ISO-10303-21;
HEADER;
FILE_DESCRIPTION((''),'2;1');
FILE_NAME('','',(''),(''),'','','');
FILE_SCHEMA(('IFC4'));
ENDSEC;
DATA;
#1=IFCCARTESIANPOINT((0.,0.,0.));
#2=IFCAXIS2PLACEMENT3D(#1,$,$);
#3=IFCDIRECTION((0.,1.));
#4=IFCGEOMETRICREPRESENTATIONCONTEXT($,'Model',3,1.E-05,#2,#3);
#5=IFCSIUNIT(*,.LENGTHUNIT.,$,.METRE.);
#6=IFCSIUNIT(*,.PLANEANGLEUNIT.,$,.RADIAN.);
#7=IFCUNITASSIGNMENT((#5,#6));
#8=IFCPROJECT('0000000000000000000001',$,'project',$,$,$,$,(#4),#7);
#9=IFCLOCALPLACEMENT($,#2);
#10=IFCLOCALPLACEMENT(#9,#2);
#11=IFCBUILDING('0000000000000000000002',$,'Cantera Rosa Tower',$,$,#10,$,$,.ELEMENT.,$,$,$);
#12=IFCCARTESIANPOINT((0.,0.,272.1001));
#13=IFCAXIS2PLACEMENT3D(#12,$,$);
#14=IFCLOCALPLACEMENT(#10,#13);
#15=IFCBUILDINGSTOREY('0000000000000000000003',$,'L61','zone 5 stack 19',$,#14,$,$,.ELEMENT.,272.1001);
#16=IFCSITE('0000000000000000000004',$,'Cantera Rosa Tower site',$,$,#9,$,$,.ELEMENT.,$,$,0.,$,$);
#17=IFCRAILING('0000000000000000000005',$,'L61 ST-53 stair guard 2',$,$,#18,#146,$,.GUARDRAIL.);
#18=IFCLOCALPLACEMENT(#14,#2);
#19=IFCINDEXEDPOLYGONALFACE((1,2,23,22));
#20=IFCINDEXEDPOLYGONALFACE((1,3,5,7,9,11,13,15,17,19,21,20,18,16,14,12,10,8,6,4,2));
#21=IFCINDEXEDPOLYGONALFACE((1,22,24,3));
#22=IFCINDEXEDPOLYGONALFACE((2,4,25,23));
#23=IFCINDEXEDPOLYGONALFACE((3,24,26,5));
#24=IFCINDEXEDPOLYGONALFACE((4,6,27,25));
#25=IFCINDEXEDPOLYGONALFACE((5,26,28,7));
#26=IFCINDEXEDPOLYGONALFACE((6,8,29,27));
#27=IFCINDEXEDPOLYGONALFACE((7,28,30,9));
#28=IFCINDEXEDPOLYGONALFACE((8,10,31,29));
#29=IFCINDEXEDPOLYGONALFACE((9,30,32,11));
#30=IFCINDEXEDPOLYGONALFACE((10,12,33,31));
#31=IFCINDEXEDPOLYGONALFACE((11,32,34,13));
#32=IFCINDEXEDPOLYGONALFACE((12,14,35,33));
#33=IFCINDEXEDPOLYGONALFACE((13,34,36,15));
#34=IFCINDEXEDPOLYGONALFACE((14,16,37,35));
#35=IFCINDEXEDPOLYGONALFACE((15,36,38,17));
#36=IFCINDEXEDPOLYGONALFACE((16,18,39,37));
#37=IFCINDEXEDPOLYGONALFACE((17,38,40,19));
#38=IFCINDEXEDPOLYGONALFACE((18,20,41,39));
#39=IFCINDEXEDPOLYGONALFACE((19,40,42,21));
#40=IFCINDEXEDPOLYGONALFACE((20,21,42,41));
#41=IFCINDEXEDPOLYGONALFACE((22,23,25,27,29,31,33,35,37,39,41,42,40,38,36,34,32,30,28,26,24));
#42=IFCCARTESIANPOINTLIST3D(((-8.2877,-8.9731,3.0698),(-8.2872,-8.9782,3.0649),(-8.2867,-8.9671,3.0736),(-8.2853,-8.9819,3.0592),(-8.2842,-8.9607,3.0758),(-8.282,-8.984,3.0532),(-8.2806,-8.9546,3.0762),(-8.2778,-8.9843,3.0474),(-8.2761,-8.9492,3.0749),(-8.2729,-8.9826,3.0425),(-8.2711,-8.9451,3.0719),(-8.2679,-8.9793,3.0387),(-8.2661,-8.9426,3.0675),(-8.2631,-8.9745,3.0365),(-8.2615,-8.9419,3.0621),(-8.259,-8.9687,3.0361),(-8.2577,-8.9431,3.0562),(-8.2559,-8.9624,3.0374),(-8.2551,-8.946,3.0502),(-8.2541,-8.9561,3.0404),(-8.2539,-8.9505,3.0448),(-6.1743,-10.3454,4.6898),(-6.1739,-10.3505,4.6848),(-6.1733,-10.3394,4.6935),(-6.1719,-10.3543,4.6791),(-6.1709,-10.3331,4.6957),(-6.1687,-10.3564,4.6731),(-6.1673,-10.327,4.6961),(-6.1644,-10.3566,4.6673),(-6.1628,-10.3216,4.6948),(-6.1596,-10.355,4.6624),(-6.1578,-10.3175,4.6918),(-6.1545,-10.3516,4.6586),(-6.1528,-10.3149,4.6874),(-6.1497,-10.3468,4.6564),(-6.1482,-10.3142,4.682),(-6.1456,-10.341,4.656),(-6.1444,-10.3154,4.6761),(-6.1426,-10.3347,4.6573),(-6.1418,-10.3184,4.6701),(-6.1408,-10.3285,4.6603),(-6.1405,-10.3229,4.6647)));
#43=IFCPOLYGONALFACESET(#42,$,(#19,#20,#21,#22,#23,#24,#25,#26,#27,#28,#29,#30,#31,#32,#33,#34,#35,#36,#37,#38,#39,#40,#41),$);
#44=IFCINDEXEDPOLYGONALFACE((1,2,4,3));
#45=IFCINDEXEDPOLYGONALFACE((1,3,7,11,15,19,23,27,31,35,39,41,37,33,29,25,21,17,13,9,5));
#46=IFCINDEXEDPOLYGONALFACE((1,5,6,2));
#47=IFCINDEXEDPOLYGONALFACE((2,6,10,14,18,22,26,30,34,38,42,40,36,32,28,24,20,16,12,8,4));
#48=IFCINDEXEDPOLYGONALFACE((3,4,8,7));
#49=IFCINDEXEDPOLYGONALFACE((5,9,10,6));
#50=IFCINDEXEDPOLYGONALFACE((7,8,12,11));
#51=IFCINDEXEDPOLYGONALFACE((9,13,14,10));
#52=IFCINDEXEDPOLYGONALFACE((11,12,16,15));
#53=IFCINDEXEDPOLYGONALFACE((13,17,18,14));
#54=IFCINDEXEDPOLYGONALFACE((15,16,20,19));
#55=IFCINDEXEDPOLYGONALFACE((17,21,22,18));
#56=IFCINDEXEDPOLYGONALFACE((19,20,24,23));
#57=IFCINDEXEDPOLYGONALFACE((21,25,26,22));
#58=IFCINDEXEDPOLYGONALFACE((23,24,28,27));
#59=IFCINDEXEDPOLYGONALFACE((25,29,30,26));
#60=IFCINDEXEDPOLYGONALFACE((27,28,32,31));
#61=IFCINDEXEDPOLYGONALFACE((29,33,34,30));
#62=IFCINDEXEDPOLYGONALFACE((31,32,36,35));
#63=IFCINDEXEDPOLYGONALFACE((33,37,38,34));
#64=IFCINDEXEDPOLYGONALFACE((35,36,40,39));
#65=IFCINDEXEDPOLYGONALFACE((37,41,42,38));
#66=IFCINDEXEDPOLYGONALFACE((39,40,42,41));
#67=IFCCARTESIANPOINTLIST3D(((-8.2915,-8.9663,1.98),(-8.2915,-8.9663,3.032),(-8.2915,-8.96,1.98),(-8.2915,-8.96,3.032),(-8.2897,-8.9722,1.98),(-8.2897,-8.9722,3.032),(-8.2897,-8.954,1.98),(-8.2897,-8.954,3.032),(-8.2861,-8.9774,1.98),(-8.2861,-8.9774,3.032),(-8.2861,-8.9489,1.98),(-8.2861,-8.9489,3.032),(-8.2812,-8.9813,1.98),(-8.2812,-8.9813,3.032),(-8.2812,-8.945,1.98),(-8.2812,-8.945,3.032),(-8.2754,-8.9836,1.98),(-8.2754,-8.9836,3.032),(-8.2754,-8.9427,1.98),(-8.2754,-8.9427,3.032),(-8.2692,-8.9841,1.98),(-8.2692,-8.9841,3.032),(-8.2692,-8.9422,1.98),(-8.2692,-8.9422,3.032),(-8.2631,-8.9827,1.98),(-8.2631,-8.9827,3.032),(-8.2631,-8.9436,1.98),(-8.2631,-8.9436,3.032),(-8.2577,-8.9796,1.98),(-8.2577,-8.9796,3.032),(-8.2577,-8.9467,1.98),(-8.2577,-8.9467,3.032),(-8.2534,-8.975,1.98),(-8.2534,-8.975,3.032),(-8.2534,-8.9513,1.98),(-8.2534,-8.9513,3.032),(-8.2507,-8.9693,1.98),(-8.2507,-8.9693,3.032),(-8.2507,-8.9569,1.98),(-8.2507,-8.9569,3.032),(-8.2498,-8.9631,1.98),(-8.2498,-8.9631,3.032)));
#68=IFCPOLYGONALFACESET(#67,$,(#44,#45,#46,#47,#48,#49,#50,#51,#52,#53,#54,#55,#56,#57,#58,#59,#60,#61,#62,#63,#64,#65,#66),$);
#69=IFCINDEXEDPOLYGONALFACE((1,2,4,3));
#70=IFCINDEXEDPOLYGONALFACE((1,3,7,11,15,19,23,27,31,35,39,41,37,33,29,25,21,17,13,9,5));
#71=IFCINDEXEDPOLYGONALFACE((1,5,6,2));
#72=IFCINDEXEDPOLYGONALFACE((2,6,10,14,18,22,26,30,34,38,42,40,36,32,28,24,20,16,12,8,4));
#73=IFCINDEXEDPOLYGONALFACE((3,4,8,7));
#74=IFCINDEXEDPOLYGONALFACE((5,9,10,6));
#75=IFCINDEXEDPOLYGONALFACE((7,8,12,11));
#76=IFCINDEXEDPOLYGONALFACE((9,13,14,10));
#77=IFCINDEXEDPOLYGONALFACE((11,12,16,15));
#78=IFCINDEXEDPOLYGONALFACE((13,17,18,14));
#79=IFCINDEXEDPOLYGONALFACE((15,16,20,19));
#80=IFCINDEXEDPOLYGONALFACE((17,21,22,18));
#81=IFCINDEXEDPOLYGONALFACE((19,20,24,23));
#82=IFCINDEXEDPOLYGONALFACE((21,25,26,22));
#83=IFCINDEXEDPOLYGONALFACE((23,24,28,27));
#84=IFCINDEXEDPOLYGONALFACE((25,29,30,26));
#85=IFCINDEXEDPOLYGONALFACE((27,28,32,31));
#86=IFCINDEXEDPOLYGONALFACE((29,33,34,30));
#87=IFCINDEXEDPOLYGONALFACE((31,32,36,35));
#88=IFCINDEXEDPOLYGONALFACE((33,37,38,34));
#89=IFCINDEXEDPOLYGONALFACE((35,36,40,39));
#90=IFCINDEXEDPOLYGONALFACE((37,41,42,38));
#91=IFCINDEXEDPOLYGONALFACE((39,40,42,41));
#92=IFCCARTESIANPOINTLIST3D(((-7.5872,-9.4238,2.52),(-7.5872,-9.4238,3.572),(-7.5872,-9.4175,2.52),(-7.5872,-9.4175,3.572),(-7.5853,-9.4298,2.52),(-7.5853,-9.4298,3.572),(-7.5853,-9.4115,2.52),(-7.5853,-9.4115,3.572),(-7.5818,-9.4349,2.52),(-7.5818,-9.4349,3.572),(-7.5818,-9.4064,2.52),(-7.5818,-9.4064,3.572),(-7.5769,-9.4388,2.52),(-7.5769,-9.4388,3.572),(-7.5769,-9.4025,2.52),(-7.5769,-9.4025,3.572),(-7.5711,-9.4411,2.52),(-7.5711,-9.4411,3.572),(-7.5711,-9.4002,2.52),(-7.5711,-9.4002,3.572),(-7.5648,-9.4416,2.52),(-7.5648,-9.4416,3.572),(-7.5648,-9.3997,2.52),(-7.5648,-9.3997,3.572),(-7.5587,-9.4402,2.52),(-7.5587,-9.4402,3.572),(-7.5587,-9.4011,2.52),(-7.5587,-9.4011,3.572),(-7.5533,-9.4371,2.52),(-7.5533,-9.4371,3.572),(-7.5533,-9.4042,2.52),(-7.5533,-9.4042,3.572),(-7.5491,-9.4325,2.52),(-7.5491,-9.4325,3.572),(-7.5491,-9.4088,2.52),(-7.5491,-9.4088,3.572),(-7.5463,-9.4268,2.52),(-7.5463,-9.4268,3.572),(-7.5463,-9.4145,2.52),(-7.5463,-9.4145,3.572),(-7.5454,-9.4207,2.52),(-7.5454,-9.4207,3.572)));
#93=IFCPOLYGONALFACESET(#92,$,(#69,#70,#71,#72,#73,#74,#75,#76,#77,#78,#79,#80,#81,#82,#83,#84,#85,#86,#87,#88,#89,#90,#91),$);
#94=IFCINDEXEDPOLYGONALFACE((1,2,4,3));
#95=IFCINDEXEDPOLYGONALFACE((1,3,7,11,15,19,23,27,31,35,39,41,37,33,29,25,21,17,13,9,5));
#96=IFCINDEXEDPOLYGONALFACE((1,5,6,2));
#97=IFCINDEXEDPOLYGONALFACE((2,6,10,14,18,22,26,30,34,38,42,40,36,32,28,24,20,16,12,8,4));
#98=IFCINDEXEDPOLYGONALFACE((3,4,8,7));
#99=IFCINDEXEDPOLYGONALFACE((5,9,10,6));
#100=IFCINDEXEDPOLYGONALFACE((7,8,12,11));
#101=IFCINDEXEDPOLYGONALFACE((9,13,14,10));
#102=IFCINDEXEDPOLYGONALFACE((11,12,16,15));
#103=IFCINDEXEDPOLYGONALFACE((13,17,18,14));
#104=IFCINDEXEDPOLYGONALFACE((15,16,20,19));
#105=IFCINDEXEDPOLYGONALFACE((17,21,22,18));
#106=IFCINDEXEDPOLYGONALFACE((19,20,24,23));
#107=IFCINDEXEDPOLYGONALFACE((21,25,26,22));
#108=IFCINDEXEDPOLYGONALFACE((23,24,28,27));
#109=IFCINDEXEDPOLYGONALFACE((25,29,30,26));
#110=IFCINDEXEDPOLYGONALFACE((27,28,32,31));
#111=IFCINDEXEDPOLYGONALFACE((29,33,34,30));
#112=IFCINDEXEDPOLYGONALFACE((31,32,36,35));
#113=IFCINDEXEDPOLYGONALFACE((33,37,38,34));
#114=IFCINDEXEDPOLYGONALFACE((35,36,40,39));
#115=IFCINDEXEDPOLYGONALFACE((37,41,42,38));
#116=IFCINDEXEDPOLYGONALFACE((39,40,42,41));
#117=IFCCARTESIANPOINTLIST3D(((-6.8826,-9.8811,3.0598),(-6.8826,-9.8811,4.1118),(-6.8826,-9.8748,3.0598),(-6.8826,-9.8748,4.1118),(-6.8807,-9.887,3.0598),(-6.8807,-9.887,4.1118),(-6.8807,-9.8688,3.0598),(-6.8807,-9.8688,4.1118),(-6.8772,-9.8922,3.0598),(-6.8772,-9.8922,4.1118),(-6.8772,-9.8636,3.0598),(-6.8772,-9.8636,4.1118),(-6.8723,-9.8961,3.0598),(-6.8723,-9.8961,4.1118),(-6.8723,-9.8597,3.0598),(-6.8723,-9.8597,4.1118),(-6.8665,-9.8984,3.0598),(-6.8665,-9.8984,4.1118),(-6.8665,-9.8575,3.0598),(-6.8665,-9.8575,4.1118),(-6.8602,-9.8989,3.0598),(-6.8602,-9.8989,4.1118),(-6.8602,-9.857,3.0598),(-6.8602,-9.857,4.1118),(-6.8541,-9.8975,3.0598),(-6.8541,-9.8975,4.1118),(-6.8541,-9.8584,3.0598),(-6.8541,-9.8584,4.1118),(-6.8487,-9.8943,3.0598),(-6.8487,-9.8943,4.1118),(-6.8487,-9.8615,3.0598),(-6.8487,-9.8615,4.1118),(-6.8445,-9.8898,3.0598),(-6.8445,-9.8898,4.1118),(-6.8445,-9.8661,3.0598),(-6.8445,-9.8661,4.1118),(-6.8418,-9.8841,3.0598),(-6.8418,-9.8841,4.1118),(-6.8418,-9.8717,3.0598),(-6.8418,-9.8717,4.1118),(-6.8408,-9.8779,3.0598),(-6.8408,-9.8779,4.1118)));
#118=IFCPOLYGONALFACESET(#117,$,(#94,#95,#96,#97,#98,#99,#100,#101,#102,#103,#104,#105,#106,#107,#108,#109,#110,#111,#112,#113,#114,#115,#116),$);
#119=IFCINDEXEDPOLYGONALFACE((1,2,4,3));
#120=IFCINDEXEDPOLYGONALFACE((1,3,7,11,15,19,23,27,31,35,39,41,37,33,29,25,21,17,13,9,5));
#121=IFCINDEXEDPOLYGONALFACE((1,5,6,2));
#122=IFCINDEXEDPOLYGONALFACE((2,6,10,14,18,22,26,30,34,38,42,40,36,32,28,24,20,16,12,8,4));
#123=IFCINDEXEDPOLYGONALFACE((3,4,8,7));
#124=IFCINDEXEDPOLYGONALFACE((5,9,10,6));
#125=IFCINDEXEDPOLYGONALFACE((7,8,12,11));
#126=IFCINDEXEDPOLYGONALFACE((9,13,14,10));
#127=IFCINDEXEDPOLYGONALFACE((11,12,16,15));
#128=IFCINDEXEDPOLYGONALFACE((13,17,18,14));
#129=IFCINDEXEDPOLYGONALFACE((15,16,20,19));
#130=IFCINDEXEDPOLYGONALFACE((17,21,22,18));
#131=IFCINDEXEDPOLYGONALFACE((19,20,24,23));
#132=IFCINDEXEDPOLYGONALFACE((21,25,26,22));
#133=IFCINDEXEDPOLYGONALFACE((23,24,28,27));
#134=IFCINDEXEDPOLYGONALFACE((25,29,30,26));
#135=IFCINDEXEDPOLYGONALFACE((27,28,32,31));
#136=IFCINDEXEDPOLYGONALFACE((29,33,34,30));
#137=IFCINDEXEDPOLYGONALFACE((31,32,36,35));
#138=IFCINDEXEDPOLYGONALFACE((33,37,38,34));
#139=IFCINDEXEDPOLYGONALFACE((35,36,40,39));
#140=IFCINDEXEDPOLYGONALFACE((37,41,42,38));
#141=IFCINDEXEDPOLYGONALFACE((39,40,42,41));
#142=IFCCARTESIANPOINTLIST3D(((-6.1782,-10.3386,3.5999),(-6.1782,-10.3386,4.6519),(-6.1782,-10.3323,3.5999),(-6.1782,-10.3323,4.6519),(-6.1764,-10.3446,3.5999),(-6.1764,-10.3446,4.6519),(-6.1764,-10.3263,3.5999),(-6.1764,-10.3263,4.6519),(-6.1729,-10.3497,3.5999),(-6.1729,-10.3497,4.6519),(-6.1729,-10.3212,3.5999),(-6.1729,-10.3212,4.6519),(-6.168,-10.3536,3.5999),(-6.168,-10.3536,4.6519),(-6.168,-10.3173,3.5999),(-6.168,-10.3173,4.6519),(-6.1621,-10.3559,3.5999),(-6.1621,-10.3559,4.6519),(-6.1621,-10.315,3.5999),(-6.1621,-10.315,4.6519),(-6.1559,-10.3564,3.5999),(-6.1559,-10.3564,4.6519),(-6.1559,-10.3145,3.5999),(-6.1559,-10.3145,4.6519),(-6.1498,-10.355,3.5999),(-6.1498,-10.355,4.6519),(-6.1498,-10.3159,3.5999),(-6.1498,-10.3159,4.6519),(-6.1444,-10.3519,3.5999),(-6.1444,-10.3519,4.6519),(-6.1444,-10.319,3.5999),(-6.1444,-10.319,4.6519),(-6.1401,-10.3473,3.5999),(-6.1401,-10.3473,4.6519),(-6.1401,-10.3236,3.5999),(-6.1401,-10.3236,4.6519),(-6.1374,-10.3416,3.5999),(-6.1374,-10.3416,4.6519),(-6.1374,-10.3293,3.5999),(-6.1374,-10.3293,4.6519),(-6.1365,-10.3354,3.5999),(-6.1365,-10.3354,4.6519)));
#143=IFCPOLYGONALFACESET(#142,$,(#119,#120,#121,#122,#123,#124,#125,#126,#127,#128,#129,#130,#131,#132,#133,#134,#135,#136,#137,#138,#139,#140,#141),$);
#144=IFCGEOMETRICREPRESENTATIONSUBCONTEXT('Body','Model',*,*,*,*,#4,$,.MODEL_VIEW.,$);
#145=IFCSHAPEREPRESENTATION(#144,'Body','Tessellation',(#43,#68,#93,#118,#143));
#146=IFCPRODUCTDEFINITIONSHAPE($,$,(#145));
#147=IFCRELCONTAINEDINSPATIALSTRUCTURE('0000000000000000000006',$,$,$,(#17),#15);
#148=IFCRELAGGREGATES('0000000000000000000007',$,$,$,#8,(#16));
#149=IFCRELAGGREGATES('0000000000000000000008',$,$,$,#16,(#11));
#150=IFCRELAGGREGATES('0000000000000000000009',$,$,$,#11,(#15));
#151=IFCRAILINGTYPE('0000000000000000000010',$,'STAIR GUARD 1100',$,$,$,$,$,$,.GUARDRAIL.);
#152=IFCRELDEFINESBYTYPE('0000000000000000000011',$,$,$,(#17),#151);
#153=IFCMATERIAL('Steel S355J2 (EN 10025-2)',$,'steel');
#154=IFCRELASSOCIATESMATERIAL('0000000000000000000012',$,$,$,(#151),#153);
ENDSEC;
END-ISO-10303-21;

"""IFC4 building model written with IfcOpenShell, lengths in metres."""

from ifc_helpers import new_model, si_unit, direction, frame, origin, origin_2d, place, context, subcontext, project, spatial, circle, extrude, material, type_object, element, save


model = new_model("IFC4")

# Units and contexts
model_context = context("Model", 3, precision=1e-05, world=origin(), true_north=direction((0.0, 1.0)))
body_context = subcontext(model_context, "Body", "Model", "MODEL_VIEW")
ifc_project = project(units=[si_unit("LENGTHUNIT", "METRE"), si_unit("PLANEANGLEUNIT", "RADIAN")], contexts=[model_context])

# Site, building, storey
site_placement = place(None, origin())
site = spatial("IfcSite", under=ifc_project, at=site_placement, Name="Cantera Rosa Tower site", CompositionType="ELEMENT", RefElevation=0.0)
building_placement = place(site_placement, origin())
building = spatial("IfcBuilding", under=site, at=building_placement, Name="Cantera Rosa Tower", CompositionType="ELEMENT")
storey_placement = place(building_placement, frame((0.0, 0.0, 272.1001)))
storey = spatial("IfcBuildingStorey", under=building, at=storey_placement, Name="L61", Description="zone 5 stack 19", CompositionType="ELEMENT", Elevation=272.1001)

# Railing
ifc_material_1 = material(Name="Steel S355J2 (EN 10025-2)", Category="steel")
railing_type_1 = type_object("IfcRailingType", Name="STAIR GUARD 1100", PredefinedType="GUARDRAIL", material=ifc_material_1)
railing_1_placement = place(storey_placement, frame((-8.2708, -8.9631, 1.98)))
element("IfcRailing", 1, at=railing_1_placement, inside=storey, type_object=railing_type_1, Name="L61 ST-53 stair guard 2", PredefinedType="GUARDRAIL", context=body_context, shape_type="SweptSolid", body=[
    extrude(circle(Radius=0.0239, at=origin_2d()), frame((0.0, 0.0, 1.0762), z_axis=(0.705479, -0.458121, 0.540764), x_axis=(0.54462, 0.838683, 0.0)), (0.0, 0.0, 1.0), 2.9956),
    extrude(circle(Radius=0.021, at=origin_2d()), origin(), (0.0, 0.0, 1.0), 1.052),
    extrude(circle(Radius=0.021, at=origin_2d()), frame((0.7043, -0.4575, 0.54)), (0.0, 0.0, 1.0), 1.052),
    extrude(circle(Radius=0.021, at=origin_2d()), frame((1.4089, -0.9148, 1.0798)), (0.0, 0.0, 1.0), 1.052),
    extrude(circle(Radius=0.021, at=origin_2d()), frame((2.1133, -1.3723, 1.6199)), (0.0, 0.0, 1.0), 1.052),
])

save(model, "model.ifc")
